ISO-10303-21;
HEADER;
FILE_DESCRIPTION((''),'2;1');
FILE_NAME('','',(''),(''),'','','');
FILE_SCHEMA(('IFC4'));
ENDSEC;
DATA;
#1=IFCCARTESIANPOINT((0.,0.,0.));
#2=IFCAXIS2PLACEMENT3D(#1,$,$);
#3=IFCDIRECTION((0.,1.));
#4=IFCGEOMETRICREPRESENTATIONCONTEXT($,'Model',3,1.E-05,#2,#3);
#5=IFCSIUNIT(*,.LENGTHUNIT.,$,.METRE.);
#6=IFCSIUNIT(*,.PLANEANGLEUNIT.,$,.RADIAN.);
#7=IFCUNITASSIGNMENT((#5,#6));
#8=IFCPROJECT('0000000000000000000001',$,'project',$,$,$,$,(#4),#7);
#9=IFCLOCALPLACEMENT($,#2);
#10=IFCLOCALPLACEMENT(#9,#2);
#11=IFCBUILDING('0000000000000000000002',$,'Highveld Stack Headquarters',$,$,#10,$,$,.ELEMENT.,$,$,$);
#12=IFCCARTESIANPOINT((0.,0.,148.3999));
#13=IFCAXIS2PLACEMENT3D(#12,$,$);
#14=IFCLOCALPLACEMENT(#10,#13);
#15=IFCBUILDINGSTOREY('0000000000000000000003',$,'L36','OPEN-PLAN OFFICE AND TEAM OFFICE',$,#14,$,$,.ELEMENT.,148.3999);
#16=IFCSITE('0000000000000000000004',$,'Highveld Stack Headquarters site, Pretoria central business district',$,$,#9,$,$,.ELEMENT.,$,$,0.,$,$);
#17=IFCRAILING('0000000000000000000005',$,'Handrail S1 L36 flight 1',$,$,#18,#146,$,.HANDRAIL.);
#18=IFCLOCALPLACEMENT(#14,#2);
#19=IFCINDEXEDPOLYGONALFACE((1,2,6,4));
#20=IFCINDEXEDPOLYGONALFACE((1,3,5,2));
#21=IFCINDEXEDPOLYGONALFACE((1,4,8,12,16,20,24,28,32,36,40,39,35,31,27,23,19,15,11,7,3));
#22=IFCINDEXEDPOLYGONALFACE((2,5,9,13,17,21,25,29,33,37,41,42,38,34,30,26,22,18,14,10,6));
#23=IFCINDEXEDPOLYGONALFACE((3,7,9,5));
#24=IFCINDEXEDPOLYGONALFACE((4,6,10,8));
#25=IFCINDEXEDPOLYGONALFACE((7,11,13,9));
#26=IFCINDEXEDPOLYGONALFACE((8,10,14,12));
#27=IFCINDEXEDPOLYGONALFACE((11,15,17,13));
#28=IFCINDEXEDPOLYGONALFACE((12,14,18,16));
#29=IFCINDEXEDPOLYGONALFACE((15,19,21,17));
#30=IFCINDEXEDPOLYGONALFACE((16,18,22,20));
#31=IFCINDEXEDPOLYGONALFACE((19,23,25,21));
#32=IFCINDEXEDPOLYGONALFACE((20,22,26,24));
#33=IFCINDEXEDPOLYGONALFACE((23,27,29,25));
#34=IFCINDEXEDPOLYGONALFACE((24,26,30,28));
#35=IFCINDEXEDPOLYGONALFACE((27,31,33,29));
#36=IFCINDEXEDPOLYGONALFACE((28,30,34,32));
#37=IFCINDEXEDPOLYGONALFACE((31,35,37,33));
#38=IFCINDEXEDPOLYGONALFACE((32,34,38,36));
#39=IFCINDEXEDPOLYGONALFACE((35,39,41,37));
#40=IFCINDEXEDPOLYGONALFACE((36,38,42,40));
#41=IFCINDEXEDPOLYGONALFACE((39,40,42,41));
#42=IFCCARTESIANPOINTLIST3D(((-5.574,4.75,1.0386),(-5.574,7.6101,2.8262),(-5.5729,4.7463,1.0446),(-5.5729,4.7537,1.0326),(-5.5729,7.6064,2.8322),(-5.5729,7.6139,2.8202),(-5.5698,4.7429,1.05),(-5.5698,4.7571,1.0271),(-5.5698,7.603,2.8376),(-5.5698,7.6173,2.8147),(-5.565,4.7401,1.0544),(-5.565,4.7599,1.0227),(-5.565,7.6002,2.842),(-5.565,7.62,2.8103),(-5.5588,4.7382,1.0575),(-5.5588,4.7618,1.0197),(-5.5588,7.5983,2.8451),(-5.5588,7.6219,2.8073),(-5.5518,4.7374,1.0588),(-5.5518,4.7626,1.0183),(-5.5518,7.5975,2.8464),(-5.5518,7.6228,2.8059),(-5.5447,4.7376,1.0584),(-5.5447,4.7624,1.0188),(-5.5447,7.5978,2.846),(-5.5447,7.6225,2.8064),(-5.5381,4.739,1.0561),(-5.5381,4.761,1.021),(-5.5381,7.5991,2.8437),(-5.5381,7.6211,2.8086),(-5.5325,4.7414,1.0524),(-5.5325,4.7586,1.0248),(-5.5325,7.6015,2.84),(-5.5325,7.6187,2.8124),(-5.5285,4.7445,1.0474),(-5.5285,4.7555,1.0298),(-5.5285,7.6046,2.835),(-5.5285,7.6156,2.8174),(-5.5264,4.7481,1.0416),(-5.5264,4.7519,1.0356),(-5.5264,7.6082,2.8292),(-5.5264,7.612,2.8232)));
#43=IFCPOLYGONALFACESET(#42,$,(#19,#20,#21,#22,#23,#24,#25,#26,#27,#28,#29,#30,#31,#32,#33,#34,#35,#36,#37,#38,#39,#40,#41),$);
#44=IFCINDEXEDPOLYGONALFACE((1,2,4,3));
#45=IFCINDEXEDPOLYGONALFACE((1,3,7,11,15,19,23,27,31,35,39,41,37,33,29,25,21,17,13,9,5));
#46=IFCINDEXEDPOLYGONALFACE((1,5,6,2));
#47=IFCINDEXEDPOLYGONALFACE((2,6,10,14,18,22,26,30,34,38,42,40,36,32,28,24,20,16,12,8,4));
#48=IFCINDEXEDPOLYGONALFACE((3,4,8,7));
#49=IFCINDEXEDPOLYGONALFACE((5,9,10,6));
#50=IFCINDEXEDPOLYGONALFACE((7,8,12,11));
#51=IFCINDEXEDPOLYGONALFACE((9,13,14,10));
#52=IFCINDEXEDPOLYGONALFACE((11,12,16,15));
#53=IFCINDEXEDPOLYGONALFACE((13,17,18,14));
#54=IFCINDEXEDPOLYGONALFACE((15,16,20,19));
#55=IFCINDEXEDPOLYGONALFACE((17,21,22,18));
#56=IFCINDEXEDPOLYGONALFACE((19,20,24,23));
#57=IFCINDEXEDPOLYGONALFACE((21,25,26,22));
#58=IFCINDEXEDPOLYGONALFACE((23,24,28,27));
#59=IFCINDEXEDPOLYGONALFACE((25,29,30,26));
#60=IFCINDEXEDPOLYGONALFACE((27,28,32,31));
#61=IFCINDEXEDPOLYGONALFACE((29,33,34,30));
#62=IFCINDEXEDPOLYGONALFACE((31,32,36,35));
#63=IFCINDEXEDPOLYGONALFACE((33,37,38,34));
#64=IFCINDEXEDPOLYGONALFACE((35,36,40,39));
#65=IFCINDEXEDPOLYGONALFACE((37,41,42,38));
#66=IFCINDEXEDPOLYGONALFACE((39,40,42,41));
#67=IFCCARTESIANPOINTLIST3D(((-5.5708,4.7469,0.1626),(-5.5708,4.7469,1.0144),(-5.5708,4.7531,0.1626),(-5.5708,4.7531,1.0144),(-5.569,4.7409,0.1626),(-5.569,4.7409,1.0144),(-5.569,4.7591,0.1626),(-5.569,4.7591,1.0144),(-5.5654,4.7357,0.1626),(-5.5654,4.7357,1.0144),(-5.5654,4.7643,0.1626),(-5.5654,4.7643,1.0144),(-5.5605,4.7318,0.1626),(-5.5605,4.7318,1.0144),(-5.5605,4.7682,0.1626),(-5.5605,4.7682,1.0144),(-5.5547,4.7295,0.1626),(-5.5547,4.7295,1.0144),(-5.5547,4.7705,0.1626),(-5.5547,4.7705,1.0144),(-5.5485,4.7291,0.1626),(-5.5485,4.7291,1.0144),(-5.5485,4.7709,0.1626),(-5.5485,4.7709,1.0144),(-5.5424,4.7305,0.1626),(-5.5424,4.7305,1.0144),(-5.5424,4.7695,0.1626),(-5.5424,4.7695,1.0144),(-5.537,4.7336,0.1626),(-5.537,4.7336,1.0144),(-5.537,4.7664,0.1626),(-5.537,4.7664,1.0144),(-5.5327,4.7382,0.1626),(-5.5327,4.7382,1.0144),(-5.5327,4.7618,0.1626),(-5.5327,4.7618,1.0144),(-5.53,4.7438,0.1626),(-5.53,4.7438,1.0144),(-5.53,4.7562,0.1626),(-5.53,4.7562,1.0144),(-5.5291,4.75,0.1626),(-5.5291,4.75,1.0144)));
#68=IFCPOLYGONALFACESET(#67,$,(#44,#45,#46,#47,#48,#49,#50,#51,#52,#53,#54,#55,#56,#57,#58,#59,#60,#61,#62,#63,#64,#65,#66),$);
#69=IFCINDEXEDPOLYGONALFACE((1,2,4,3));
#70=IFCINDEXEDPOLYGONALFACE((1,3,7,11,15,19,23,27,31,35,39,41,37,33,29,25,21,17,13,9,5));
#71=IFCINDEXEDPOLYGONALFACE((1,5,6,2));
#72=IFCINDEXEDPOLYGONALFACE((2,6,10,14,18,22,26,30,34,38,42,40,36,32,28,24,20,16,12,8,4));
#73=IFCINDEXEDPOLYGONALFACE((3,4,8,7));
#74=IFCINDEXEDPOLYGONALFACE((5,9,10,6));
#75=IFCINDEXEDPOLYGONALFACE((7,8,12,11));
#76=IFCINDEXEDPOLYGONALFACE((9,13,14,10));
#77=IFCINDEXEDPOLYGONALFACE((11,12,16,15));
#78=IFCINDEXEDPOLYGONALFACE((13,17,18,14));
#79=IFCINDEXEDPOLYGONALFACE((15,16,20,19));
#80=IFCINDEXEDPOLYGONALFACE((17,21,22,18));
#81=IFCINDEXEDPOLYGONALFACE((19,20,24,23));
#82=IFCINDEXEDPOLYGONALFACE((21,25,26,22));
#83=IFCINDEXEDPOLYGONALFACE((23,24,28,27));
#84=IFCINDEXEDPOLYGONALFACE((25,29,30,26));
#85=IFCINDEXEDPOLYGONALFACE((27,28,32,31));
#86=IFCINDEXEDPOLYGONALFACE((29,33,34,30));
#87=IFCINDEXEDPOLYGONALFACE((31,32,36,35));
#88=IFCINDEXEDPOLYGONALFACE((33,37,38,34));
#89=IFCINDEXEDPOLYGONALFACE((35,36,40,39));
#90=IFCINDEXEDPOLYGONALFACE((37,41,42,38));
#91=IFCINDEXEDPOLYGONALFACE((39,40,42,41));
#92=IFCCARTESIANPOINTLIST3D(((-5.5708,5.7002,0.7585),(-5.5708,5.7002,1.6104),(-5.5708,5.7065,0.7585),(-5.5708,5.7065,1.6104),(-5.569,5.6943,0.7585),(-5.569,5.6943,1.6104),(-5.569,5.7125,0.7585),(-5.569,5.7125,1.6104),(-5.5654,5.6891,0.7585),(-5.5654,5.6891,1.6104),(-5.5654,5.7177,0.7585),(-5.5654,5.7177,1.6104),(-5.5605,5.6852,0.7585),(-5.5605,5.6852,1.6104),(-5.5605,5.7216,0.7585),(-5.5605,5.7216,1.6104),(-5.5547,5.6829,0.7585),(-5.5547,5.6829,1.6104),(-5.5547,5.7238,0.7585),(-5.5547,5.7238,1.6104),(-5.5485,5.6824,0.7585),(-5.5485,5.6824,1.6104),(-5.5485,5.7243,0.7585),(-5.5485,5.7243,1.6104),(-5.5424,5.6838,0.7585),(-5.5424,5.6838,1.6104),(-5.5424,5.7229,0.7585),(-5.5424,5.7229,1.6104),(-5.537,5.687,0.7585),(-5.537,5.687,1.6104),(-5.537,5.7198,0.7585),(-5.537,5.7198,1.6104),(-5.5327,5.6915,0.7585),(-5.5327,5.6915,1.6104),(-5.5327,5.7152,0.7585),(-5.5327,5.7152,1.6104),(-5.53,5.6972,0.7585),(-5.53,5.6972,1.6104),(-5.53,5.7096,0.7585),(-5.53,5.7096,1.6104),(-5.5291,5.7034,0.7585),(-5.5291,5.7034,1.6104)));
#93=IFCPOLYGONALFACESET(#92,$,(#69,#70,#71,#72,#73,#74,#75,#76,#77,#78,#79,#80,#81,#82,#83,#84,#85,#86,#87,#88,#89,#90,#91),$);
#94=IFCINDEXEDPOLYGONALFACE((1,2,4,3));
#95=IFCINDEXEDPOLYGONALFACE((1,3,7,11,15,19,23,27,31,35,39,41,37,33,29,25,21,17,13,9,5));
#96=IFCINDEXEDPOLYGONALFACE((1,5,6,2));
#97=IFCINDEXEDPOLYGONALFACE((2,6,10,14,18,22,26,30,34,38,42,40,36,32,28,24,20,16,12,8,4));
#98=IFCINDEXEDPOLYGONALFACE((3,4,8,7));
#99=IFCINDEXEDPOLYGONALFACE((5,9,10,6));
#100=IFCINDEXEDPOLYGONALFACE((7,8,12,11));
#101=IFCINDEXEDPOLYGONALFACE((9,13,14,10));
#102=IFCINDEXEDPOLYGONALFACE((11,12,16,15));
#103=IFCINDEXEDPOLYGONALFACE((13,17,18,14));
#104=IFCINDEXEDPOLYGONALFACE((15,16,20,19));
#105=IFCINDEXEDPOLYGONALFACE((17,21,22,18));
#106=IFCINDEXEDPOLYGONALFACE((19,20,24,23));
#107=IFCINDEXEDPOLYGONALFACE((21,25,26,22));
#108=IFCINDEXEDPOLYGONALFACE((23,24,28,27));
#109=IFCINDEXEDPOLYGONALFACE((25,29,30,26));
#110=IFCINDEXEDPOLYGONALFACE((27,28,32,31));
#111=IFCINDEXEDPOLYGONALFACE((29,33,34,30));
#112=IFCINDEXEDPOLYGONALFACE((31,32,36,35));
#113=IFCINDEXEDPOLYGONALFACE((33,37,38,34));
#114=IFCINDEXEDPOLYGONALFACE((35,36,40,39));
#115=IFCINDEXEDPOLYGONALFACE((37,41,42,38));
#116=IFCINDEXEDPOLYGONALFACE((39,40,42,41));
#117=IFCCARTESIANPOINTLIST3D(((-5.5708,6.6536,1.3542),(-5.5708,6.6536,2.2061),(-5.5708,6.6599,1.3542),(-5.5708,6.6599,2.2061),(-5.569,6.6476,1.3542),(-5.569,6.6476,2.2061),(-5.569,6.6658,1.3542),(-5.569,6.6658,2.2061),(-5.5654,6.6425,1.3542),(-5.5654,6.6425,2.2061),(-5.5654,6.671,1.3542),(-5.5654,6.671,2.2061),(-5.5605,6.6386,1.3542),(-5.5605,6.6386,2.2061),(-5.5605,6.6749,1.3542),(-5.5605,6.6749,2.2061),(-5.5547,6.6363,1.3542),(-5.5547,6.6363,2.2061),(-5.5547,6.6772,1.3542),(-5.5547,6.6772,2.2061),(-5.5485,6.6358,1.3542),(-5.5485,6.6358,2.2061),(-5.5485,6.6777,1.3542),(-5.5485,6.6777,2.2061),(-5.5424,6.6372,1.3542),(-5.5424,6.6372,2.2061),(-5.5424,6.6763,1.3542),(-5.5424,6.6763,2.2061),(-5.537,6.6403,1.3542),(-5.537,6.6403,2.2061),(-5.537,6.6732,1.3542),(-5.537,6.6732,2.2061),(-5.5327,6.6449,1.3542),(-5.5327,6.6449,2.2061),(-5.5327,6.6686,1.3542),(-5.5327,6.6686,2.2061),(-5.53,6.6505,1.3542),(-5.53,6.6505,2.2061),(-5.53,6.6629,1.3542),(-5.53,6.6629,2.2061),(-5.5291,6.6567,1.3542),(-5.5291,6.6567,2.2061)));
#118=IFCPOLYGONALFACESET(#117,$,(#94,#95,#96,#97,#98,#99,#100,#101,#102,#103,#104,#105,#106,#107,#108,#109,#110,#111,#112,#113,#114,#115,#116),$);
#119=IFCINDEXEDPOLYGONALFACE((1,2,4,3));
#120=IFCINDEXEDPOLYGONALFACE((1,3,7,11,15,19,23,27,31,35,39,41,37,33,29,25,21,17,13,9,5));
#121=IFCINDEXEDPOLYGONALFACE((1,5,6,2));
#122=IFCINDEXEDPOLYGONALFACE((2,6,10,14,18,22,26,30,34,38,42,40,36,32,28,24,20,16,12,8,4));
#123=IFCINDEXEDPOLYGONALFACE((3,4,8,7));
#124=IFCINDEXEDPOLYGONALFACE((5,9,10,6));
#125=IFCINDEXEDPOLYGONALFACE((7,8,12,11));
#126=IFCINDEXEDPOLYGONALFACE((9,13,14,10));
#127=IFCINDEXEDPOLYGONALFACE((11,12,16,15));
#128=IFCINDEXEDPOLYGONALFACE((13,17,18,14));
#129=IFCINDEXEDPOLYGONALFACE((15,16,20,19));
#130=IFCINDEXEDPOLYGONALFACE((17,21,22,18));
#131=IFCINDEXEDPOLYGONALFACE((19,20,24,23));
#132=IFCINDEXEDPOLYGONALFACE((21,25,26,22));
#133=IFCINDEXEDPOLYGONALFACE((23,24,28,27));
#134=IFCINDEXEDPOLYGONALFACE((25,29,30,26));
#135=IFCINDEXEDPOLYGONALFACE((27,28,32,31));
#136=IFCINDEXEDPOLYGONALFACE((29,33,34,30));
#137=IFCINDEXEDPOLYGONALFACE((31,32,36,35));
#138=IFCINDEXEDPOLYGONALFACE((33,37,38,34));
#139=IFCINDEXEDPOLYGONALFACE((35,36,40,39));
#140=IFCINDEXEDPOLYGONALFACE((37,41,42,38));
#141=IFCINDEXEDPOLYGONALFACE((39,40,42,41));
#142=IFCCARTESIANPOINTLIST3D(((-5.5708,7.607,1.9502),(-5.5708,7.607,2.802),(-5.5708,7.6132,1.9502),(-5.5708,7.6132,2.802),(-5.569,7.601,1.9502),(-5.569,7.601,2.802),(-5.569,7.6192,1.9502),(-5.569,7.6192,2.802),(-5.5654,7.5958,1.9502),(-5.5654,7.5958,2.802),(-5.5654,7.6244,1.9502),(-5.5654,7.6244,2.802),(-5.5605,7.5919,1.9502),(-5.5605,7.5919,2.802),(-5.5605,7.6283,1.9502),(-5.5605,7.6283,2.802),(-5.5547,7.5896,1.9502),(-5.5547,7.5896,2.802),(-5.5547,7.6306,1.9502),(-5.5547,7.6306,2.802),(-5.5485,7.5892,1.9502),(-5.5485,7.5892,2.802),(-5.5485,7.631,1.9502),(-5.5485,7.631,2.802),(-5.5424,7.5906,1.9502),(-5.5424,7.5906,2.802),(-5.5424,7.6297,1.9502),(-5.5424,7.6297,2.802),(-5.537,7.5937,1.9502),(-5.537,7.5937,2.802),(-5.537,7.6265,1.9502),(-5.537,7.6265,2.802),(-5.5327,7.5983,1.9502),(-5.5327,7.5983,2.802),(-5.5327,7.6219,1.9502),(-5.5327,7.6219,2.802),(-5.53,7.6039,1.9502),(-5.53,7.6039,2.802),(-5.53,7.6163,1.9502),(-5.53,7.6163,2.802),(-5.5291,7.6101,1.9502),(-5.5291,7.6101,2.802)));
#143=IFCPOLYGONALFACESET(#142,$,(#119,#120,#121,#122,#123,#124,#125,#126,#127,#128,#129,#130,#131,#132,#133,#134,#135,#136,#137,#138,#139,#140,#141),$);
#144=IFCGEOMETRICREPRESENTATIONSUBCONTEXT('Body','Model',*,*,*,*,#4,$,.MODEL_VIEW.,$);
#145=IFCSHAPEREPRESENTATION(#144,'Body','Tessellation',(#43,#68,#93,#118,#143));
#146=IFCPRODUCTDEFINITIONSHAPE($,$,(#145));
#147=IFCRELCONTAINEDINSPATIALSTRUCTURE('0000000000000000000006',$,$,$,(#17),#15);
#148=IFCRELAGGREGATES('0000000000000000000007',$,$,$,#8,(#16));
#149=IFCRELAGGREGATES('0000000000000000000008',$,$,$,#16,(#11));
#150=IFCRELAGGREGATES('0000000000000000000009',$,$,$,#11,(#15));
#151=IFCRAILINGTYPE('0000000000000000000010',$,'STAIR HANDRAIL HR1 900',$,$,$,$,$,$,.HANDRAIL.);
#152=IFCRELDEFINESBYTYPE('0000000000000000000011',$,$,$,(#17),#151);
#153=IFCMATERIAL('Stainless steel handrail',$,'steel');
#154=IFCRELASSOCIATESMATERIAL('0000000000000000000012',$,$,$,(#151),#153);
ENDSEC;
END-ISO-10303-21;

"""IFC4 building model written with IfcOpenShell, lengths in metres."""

from ifc_helpers import new_model, si_unit, direction, frame, origin, origin_2d, place, context, subcontext, project, spatial, circle, extrude, material, type_object, element, save


model = new_model("IFC4")

# Units and contexts
model_context = context("Model", 3, precision=1e-05, world=origin(), true_north=direction((0.0, 1.0)))
body_context = subcontext(model_context, "Body", "Model", "MODEL_VIEW")
ifc_project = project(units=[si_unit("LENGTHUNIT", "METRE"), si_unit("PLANEANGLEUNIT", "RADIAN")], contexts=[model_context])

# Site, building, storey
site_placement = place(None, origin())
site = spatial("IfcSite", under=ifc_project, at=site_placement, Name="Highveld Stack Headquarters site, Pretoria central business district", CompositionType="ELEMENT", RefElevation=0.0)
building_placement = place(site_placement, origin())
building = spatial("IfcBuilding", under=site, at=building_placement, Name="Highveld Stack Headquarters", CompositionType="ELEMENT")
storey_placement = place(building_placement, frame((0.0, 0.0, 148.3999)))
storey = spatial("IfcBuildingStorey", under=building, at=storey_placement, Name="L36", Description="OPEN-PLAN OFFICE AND TEAM OFFICE", CompositionType="ELEMENT", Elevation=148.3999)

# Railing
ifc_material_1 = material(Name="Stainless steel handrail", Category="steel")
railing_type = type_object("IfcRailingType", Name="STAIR HANDRAIL HR1 900", PredefinedType="HANDRAIL", material=ifc_material_1)
for number, where, name in (
    (1, (-5.55, 4.75, 0.1626), "Handrail S1 L36 flight 1"),
):
    element("IfcRailing", number, at=place(storey_placement, frame(where)), inside=storey, type_object=railing_type, Name=name, PredefinedType="HANDRAIL", context=body_context, shape_type="SweptSolid", body=[
        extrude(circle(Radius=0.0239, at=origin_2d()), frame((0.0, 0.0, 0.876), z_axis=(0.0, 0.847994, 0.530005), x_axis=(-1.0, 0.0, 0.0)), (0.0, 0.0, 1.0), 3.3728),
        extrude(circle(Radius=0.021, at=origin_2d()), origin(), (0.0, 0.0, 1.0), 0.8518),
        extrude(circle(Radius=0.021, at=origin_2d()), frame((0.0, 0.9534, 0.5959)), (0.0, 0.0, 1.0), 0.8518),
        extrude(circle(Radius=0.021, at=origin_2d()), frame((0.0, 1.9067, 1.1917)), (0.0, 0.0, 1.0), 0.8518),
        extrude(circle(Radius=0.021, at=origin_2d()), frame((0.0, 2.8601, 1.7876)), (0.0, 0.0, 1.0), 0.8518),
    ])

save(model, "model.ifc")
